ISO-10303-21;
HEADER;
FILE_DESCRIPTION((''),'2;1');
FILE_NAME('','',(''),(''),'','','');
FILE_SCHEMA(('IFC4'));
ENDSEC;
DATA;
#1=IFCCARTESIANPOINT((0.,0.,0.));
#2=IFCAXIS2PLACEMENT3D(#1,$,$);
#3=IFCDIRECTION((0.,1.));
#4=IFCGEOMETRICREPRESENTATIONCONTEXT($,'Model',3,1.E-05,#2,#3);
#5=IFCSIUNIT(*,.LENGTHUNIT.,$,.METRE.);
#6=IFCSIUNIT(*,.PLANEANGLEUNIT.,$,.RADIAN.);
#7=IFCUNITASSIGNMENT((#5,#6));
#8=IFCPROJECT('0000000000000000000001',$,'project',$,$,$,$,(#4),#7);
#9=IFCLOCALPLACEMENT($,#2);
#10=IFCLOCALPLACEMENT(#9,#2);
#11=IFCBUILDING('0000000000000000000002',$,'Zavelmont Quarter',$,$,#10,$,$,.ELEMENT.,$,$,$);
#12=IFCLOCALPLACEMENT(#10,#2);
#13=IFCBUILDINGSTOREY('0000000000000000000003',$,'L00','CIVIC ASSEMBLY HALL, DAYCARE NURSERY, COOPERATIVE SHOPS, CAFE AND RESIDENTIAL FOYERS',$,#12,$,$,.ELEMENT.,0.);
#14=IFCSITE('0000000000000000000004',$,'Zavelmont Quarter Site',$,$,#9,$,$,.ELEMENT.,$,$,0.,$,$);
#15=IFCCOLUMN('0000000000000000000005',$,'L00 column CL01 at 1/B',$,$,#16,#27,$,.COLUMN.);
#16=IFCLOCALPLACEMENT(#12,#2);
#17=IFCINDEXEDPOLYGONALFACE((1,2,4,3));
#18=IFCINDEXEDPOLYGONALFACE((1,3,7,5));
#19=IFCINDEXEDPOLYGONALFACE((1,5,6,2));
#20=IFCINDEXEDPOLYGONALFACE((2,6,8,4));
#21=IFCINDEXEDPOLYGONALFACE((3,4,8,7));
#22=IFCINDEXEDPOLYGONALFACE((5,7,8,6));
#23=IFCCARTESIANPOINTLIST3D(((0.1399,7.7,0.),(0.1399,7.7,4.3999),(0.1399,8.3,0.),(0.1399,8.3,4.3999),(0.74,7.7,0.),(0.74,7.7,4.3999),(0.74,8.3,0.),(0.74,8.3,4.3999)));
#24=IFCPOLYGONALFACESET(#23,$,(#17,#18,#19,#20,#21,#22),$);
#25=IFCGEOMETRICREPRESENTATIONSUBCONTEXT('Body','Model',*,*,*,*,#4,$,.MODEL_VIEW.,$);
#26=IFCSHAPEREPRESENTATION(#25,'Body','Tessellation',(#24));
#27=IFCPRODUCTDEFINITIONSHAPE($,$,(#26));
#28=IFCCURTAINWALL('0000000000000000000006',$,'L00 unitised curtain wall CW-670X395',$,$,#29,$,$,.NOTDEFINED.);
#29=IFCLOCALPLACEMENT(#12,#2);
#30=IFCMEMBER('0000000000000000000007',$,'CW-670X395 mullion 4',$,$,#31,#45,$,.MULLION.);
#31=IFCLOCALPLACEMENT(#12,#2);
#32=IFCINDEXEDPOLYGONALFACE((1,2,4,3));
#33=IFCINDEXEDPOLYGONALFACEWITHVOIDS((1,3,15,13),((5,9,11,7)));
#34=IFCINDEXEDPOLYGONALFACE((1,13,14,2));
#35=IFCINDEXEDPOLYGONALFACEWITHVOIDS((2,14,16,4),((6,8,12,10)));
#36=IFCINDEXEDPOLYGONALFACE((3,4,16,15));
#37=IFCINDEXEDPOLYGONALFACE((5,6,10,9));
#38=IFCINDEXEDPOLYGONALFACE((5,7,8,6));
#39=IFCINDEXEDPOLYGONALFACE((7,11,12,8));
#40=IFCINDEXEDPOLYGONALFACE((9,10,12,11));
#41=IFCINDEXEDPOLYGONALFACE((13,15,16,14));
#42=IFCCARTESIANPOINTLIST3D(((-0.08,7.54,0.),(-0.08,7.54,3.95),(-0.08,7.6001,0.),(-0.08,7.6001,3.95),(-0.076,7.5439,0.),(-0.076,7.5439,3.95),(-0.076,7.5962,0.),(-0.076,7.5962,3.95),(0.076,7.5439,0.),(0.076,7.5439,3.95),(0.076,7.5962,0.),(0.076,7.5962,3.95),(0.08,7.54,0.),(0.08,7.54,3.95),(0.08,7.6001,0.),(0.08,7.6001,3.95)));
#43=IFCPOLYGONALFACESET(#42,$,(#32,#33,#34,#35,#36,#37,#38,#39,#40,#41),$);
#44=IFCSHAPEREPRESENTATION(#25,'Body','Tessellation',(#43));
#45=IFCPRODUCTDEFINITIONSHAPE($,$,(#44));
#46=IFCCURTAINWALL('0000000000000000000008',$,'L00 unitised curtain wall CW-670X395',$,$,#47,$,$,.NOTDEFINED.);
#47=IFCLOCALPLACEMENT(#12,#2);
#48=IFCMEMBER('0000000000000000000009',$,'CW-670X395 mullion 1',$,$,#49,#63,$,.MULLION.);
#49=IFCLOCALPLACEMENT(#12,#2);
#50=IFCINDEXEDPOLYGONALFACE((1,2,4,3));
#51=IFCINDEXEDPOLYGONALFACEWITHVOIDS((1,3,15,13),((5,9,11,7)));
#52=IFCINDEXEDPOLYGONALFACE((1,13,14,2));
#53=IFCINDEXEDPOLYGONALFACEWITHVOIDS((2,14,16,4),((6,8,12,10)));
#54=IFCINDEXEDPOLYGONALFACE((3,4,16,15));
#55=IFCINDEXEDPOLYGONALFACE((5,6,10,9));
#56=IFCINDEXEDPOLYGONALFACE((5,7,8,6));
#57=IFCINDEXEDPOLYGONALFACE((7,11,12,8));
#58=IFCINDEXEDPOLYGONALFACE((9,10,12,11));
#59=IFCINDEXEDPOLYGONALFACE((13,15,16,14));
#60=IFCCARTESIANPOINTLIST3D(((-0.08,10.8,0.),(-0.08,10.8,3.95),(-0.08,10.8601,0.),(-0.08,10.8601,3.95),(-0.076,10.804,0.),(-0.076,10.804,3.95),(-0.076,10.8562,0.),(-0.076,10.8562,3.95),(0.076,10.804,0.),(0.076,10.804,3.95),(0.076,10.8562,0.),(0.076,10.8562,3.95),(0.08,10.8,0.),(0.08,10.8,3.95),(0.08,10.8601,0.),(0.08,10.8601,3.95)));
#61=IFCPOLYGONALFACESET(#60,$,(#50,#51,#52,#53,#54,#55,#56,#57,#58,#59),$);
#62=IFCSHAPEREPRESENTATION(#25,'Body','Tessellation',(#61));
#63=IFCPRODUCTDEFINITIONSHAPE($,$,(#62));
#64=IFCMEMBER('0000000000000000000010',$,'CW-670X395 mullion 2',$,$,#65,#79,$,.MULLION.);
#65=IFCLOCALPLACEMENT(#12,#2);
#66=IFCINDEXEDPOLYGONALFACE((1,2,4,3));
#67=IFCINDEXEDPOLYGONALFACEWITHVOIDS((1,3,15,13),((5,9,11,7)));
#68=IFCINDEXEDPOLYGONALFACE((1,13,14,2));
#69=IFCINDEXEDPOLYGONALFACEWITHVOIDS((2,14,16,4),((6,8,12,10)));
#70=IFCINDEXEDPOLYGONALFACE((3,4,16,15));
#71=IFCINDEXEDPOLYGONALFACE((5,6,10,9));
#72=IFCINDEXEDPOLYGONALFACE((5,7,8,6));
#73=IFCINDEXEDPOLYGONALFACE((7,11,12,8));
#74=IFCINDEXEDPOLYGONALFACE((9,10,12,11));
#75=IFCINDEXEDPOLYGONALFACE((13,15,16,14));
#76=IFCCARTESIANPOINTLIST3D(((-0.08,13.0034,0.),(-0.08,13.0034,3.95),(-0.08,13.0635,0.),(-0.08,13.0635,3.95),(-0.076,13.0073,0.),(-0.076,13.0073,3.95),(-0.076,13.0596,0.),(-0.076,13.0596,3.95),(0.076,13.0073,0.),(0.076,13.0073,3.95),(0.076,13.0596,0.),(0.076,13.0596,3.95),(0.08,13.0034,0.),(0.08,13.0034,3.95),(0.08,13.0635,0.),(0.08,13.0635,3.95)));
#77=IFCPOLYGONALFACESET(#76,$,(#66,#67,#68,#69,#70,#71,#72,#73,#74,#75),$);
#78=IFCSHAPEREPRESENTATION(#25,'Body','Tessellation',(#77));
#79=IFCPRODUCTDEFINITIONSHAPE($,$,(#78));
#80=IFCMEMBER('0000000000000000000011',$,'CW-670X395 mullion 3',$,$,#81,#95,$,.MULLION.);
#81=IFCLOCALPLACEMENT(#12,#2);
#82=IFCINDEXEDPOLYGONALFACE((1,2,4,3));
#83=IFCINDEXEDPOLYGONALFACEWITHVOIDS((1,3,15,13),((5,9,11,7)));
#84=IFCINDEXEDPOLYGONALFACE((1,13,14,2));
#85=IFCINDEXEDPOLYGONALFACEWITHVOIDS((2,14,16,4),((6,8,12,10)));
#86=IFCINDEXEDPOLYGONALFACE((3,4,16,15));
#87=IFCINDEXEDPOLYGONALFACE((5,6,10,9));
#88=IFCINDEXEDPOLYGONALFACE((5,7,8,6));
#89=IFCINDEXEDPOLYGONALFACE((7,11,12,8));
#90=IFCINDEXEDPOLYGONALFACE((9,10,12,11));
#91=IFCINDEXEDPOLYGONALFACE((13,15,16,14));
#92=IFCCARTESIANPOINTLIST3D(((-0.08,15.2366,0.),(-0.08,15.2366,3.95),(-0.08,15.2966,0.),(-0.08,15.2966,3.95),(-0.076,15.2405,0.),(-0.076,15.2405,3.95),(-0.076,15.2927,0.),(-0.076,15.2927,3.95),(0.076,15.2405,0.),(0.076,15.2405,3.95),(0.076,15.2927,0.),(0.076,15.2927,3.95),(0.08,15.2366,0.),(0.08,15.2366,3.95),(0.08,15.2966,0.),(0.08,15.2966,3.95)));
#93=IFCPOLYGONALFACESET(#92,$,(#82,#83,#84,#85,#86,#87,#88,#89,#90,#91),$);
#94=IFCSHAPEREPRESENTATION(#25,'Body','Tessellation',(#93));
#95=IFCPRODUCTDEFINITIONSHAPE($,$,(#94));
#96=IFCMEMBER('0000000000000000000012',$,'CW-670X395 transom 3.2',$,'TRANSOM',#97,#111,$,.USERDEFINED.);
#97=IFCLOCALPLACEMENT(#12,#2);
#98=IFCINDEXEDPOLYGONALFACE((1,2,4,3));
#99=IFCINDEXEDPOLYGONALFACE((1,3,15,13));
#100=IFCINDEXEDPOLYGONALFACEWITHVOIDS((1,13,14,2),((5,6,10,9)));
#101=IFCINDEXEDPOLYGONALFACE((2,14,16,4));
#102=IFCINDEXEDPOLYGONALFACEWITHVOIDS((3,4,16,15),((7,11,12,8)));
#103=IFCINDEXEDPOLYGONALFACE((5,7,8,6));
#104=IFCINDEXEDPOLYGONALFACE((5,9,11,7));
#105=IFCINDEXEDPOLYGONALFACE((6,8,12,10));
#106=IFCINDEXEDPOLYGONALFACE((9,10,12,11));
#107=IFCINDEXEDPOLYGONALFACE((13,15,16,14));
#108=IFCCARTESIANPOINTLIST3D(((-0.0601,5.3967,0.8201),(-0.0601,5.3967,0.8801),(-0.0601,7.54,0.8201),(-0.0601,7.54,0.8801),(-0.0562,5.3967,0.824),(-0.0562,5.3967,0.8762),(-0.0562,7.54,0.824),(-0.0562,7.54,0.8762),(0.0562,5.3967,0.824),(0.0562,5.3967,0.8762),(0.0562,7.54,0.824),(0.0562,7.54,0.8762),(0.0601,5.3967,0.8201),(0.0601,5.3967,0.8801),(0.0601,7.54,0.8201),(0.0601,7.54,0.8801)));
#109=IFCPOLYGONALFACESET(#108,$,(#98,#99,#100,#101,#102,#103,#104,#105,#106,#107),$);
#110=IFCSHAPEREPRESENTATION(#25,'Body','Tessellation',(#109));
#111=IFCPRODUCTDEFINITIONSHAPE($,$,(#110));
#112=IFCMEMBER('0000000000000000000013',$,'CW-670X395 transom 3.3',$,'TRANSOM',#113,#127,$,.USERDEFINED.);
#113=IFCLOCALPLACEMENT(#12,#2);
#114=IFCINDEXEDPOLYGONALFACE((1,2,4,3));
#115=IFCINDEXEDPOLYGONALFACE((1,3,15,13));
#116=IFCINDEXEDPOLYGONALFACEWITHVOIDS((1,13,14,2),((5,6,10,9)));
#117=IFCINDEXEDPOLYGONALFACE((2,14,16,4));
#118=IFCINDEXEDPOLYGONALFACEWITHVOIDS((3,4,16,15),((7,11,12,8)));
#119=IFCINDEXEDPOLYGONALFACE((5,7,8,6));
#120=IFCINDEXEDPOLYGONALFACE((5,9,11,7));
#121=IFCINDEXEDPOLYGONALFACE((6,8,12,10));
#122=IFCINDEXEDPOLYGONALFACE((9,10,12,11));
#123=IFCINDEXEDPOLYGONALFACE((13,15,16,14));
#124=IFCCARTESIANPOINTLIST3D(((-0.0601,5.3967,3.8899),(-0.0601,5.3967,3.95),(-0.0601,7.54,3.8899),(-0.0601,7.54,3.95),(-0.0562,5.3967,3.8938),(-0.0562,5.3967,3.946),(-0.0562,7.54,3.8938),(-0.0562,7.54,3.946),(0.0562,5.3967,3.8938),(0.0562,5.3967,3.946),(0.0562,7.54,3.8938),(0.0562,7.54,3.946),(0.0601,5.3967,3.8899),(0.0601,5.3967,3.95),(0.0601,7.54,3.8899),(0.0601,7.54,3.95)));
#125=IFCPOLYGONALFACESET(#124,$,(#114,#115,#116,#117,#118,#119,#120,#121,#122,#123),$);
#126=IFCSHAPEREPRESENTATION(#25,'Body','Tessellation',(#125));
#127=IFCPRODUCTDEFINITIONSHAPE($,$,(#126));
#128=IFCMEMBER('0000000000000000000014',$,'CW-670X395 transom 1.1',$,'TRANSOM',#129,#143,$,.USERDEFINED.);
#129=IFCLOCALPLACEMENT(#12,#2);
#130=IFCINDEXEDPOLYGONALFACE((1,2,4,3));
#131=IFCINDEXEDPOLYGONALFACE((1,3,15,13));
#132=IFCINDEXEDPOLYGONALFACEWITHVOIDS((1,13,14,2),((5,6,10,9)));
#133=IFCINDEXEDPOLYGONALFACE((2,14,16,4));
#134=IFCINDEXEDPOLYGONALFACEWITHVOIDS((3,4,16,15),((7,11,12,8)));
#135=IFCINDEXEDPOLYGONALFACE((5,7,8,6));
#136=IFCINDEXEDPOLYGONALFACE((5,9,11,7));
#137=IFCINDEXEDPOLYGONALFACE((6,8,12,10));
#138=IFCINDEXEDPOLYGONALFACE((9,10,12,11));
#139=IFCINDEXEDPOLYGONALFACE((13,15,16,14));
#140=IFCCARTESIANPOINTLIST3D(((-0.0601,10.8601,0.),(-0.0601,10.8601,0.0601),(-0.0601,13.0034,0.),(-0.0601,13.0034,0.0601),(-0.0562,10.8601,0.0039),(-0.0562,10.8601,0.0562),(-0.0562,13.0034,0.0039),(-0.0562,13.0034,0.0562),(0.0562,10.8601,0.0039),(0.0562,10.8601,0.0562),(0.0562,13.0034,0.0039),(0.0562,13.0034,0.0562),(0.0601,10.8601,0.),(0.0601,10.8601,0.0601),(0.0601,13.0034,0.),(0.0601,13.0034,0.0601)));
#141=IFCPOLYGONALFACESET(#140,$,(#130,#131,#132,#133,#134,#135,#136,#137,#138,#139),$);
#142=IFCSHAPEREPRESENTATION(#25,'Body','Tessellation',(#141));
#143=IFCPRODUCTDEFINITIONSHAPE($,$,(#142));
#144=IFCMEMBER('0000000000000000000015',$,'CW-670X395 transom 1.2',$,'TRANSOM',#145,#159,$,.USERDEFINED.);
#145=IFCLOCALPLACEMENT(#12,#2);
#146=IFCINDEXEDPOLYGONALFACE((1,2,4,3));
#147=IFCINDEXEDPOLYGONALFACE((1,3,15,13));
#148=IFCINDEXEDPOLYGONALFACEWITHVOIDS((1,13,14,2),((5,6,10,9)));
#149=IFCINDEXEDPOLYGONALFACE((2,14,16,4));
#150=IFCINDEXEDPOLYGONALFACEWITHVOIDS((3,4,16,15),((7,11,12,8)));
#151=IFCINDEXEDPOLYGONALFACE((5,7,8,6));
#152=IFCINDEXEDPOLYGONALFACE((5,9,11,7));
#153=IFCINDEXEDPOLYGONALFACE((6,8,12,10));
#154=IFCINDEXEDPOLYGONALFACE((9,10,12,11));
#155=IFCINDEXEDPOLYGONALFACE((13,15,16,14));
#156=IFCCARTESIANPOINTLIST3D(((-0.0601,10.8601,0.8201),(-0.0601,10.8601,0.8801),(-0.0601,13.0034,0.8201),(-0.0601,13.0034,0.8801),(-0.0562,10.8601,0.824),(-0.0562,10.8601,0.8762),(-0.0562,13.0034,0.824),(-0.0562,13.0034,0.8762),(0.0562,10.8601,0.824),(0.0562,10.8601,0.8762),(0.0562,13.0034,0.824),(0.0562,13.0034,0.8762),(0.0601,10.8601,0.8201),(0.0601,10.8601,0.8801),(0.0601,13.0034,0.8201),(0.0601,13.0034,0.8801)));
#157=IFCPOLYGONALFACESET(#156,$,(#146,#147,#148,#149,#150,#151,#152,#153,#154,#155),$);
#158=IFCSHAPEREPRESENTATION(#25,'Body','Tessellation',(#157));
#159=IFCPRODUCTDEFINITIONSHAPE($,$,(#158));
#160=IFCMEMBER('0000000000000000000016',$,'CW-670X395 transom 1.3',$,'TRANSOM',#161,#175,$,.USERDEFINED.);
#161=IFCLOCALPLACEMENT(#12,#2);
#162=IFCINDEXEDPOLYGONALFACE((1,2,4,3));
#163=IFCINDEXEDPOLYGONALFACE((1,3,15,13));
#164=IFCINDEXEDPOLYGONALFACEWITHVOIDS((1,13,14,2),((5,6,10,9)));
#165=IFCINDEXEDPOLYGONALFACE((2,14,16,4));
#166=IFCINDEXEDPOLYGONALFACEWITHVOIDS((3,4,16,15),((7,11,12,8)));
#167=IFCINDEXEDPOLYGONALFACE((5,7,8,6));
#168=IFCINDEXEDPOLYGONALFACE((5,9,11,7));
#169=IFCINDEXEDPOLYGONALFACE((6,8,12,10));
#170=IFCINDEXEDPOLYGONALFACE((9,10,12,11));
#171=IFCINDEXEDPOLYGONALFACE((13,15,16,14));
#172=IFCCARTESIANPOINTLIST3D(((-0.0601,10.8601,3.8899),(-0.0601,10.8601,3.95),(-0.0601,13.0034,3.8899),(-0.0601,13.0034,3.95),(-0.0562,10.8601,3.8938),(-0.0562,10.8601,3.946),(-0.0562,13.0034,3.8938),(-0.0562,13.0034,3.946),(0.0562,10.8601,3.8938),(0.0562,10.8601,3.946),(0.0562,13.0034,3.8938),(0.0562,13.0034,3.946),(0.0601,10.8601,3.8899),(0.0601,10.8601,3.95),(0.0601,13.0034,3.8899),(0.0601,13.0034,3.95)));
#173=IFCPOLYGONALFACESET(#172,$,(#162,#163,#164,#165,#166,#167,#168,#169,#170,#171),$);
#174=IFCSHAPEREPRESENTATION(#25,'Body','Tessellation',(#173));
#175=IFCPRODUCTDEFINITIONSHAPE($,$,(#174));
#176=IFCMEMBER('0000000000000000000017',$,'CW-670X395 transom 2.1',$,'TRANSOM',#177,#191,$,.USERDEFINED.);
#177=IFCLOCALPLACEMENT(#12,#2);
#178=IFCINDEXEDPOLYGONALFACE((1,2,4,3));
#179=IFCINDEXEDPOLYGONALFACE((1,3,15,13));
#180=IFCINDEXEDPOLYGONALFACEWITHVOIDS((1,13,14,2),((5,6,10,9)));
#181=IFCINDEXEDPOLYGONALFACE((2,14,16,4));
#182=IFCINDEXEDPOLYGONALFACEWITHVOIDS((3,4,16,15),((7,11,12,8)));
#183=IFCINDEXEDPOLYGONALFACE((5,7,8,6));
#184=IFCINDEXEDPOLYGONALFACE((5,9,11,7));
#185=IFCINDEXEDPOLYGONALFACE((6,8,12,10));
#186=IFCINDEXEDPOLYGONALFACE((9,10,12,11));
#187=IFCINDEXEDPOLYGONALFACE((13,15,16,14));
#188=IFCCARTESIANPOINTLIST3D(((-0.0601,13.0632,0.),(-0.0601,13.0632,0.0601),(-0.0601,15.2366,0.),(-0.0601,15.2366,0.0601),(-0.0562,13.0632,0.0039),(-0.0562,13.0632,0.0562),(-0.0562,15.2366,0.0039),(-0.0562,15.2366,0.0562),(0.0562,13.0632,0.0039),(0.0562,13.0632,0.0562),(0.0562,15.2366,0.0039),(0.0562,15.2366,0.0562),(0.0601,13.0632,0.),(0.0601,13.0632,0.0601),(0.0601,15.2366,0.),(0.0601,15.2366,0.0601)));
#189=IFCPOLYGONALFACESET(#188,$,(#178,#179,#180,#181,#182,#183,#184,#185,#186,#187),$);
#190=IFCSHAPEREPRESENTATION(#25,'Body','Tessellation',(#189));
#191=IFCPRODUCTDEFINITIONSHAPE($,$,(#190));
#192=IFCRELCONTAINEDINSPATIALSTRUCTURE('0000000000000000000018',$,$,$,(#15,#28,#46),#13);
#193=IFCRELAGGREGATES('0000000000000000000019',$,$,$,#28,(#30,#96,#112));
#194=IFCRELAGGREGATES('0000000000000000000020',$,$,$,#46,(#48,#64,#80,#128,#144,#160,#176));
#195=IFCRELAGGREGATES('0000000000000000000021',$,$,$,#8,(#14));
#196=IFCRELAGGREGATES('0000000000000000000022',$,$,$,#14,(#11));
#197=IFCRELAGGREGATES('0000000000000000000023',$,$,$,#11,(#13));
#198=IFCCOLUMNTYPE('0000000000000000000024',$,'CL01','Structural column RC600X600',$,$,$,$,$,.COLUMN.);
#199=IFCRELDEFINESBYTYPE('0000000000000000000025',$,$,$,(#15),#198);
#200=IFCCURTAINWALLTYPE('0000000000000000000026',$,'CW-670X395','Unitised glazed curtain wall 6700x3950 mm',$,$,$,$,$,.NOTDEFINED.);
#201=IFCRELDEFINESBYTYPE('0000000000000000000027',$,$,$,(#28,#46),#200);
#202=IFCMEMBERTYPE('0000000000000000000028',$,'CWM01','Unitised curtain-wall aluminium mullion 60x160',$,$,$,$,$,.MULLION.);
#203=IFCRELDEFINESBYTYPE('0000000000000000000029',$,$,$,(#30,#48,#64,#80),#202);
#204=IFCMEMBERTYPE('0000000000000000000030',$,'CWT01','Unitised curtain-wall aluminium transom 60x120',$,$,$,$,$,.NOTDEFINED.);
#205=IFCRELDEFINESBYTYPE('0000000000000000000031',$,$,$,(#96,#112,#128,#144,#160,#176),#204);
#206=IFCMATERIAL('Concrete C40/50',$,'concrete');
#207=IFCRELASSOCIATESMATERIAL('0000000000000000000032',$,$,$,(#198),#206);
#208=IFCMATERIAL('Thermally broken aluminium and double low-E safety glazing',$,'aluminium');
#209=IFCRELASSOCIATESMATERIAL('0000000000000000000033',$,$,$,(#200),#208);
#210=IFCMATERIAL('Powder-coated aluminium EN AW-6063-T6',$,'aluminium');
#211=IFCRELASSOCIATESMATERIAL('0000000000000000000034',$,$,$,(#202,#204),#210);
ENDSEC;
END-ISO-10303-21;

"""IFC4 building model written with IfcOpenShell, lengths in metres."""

from ifc_helpers import new_model, si_unit, direction, frame, origin, origin_2d, place, context, subcontext, project, spatial, rectangle, hollow_rectangle, extrude, material, material_profile, profile_set, type_object, element, aggregate, save


model = new_model("IFC4")

# Units and contexts
model_context = context("Model", 3, precision=1e-05, world=origin(), true_north=direction((0.0, 1.0)))
body_context = subcontext(model_context, "Body", "Model", "MODEL_VIEW")
ifc_project = project(units=[si_unit("LENGTHUNIT", "METRE"), si_unit("PLANEANGLEUNIT", "RADIAN")], contexts=[model_context])

# Site, building, storey
site_placement = place(None, origin())
site = spatial("IfcSite", under=ifc_project, at=site_placement, Name="Zavelmont Quarter Site", CompositionType="ELEMENT", RefElevation=0.0)
building_placement = place(site_placement, origin())
building = spatial("IfcBuilding", under=site, at=building_placement, Name="Zavelmont Quarter", CompositionType="ELEMENT")
storey_placement = place(building_placement, origin())
storey = spatial("IfcBuildingStorey", under=building, at=storey_placement, Name="L00", Description="CIVIC ASSEMBLY HALL, DAYCARE NURSERY, COOPERATIVE SHOPS, CAFE AND RESIDENTIAL FOYERS", CompositionType="ELEMENT", Elevation=0.0)

# Column
ifc_material_1 = material(Name="Concrete C40/50", Category="concrete")
ifc_material_profile_1 = material_profile(ifc_material_1, rectangle(XDim=0.6001, YDim=0.6001, at=origin_2d()), Name="RC600X600")
ifc_profile_set_1 = profile_set([ifc_material_profile_1], Name="Concrete C40/50")
column_type = type_object("IfcColumnType", Name="CL01", Description="Structural column RC600X600", PredefinedType="COLUMN", material=ifc_profile_set_1)
column_placement = place(storey_placement, frame((0.4399, 8.0, 0.0), z_axis=(0.0, 0.0, 1.0), x_axis=(1.0, 0.0, 0.0)))
element("IfcColumn", 1, at=column_placement, inside=storey, type_object=column_type, Name="L00 column CL01 at 1/B", PredefinedType="COLUMN", context=body_context, shape_type="SweptSolid", body=[
    extrude(rectangle(XDim=0.6001, YDim=0.6001, at=origin_2d()), origin(), (0.0, 0.0, 1.0), 4.3999),
])

# Curtain wall, member
ifc_material_2 = material(Name="Thermally broken aluminium and double low-E safety glazing", Category="aluminium")
curtain_wall_type = type_object("IfcCurtainWallType", Name="CW-670X395", Description="Unitised glazed curtain wall 6700x3950 mm", PredefinedType="NOTDEFINED", material=ifc_material_2)
curtain_wall_1_placement = place(storey_placement, origin())
curtain_wall_1 = element("IfcCurtainWall", 2, at=curtain_wall_1_placement, inside=storey, type_object=curtain_wall_type, Name="L00 unitised curtain wall CW-670X395", PredefinedType="NOTDEFINED")
ifc_material_3 = material(Name="Powder-coated aluminium EN AW-6063-T6", Category="aluminium")
ifc_material_profile_2 = material_profile(ifc_material_3, hollow_rectangle(XDim=0.0601, YDim=0.1599, WallThickness=0.0039, at=origin_2d()), Name="CWM60X160")
ifc_profile_set_2 = profile_set([ifc_material_profile_2], Name="Powder-coated aluminium EN AW-6063-T6")
member_type_1 = type_object("IfcMemberType", Name="CWM01", Description="Unitised curtain-wall aluminium mullion 60x160", PredefinedType="MULLION", material=ifc_profile_set_2)
member_1_placement = place(storey_placement, frame((0.0, 7.5701, 0.0), z_axis=(0.0, 0.0, 1.0), x_axis=(0.0, 1.0, 0.0)))
member_1 = element("IfcMember", 3, at=member_1_placement, type_object=member_type_1, Name="CW-670X395 mullion 4", PredefinedType="MULLION", context=body_context, shape_type="SweptSolid", body=[
    extrude(hollow_rectangle(XDim=0.0601, YDim=0.1599, WallThickness=0.0039, at=origin_2d()), origin(), (0.0, 0.0, 1.0), 3.95),
])

# Curtain wall, members
curtain_wall_2_placement = place(storey_placement, origin())
curtain_wall_2 = element("IfcCurtainWall", 4, at=curtain_wall_2_placement, inside=storey, type_object=curtain_wall_type, Name="L00 unitised curtain wall CW-670X395", PredefinedType="NOTDEFINED")
member_2_placement = place(storey_placement, frame((0.0, 10.8301, 0.0), z_axis=(0.0, 0.0, 1.0), x_axis=(0.0, 1.0, 0.0)))
member_2 = element("IfcMember", 5, at=member_2_placement, type_object=member_type_1, Name="CW-670X395 mullion 1", PredefinedType="MULLION", context=body_context, shape_type="SweptSolid", body=[
    extrude(hollow_rectangle(XDim=0.0601, YDim=0.1599, WallThickness=0.0039, at=origin_2d()), origin(), (0.0, 0.0, 1.0), 3.95),
])
member_3_placement = place(storey_placement, frame((0.0, 13.0334, 0.0), z_axis=(0.0, 0.0, 1.0), x_axis=(0.0, 1.0, 0.0)))
member_3 = element("IfcMember", 6, at=member_3_placement, type_object=member_type_1, Name="CW-670X395 mullion 2", PredefinedType="MULLION", context=body_context, shape_type="SweptSolid", body=[
    extrude(hollow_rectangle(XDim=0.0601, YDim=0.1599, WallThickness=0.0039, at=origin_2d()), origin(), (0.0, 0.0, 1.0), 3.95),
])
member_4_placement = place(storey_placement, frame((0.0, 15.2666, 0.0), z_axis=(0.0, 0.0, 1.0), x_axis=(0.0, 1.0, 0.0)))
member_4 = element("IfcMember", 7, at=member_4_placement, type_object=member_type_1, Name="CW-670X395 mullion 3", PredefinedType="MULLION", context=body_context, shape_type="SweptSolid", body=[
    extrude(hollow_rectangle(XDim=0.0601, YDim=0.1599, WallThickness=0.0039, at=origin_2d()), origin(), (0.0, 0.0, 1.0), 3.95),
])

# Members
ifc_material_profile_3 = material_profile(ifc_material_3, hollow_rectangle(XDim=0.1201, YDim=0.0601, WallThickness=0.0039, at=origin_2d()), Name="CWT60X120")
ifc_profile_set_3 = profile_set([ifc_material_profile_3], Name="Powder-coated aluminium EN AW-6063-T6")
member_type_2 = type_object("IfcMemberType", Name="CWT01", Description="Unitised curtain-wall aluminium transom 60x120", PredefinedType="NOTDEFINED", material=ifc_profile_set_3)
member_5_placement = place(storey_placement, frame((0.0, 5.3967, 0.8501), z_axis=(0.0, 1.0, 0.0), x_axis=(-1.0, 0.0, 0.0)))
member_5 = element("IfcMember", 8, at=member_5_placement, type_object=member_type_2, Name="CW-670X395 transom 3.2", ObjectType="TRANSOM", PredefinedType="USERDEFINED", context=body_context, shape_type="SweptSolid", body=[
    extrude(hollow_rectangle(XDim=0.1201, YDim=0.0601, WallThickness=0.0039, at=origin_2d()), origin(), (0.0, 0.0, 1.0), 2.1433),
])
member_6_placement = place(storey_placement, frame((0.0, 5.3967, 3.9199), z_axis=(0.0, 1.0, 0.0), x_axis=(-1.0, 0.0, 0.0)))
member_6 = element("IfcMember", 9, at=member_6_placement, type_object=member_type_2, Name="CW-670X395 transom 3.3", ObjectType="TRANSOM", PredefinedType="USERDEFINED", context=body_context, shape_type="SweptSolid", body=[
    extrude(hollow_rectangle(XDim=0.1201, YDim=0.0601, WallThickness=0.0039, at=origin_2d()), origin(), (0.0, 0.0, 1.0), 2.1433),
])
member_7_placement = place(storey_placement, frame((0.0, 10.8601, 0.03), z_axis=(0.0, 1.0, 0.0), x_axis=(-1.0, 0.0, 0.0)))
member_7 = element("IfcMember", 10, at=member_7_placement, type_object=member_type_2, Name="CW-670X395 transom 1.1", ObjectType="TRANSOM", PredefinedType="USERDEFINED", context=body_context, shape_type="SweptSolid", body=[
    extrude(hollow_rectangle(XDim=0.1201, YDim=0.0601, WallThickness=0.0039, at=origin_2d()), origin(), (0.0, 0.0, 1.0), 2.1433),
])
member_8_placement = place(storey_placement, frame((0.0, 10.8601, 0.8501), z_axis=(0.0, 1.0, 0.0), x_axis=(-1.0, 0.0, 0.0)))
member_8 = element("IfcMember", 11, at=member_8_placement, type_object=member_type_2, Name="CW-670X395 transom 1.2", ObjectType="TRANSOM", PredefinedType="USERDEFINED", context=body_context, shape_type="SweptSolid", body=[
    extrude(hollow_rectangle(XDim=0.1201, YDim=0.0601, WallThickness=0.0039, at=origin_2d()), origin(), (0.0, 0.0, 1.0), 2.1433),
])
member_9_placement = place(storey_placement, frame((0.0, 10.8601, 3.9199), z_axis=(0.0, 1.0, 0.0), x_axis=(-1.0, 0.0, 0.0)))
member_9 = element("IfcMember", 12, at=member_9_placement, type_object=member_type_2, Name="CW-670X395 transom 1.3", ObjectType="TRANSOM", PredefinedType="USERDEFINED", context=body_context, shape_type="SweptSolid", body=[
    extrude(hollow_rectangle(XDim=0.1201, YDim=0.0601, WallThickness=0.0039, at=origin_2d()), origin(), (0.0, 0.0, 1.0), 2.1433),
])
member_10_placement = place(storey_placement, frame((0.0, 13.0632, 0.03), z_axis=(0.0, 1.0, 0.0), x_axis=(-1.0, 0.0, 0.0)))
member_10 = element("IfcMember", 13, at=member_10_placement, type_object=member_type_2, Name="CW-670X395 transom 2.1", ObjectType="TRANSOM", PredefinedType="USERDEFINED", context=body_context, shape_type="SweptSolid", body=[
    extrude(hollow_rectangle(XDim=0.1201, YDim=0.0601, WallThickness=0.0039, at=origin_2d()), origin(), (0.0, 0.0, 1.0), 2.1733),
])

aggregate(curtain_wall_1, [member_1, member_5, member_6])
aggregate(curtain_wall_2, [member_2, member_3, member_4, member_7, member_8, member_9, member_10])

save(model, "model.ifc")
